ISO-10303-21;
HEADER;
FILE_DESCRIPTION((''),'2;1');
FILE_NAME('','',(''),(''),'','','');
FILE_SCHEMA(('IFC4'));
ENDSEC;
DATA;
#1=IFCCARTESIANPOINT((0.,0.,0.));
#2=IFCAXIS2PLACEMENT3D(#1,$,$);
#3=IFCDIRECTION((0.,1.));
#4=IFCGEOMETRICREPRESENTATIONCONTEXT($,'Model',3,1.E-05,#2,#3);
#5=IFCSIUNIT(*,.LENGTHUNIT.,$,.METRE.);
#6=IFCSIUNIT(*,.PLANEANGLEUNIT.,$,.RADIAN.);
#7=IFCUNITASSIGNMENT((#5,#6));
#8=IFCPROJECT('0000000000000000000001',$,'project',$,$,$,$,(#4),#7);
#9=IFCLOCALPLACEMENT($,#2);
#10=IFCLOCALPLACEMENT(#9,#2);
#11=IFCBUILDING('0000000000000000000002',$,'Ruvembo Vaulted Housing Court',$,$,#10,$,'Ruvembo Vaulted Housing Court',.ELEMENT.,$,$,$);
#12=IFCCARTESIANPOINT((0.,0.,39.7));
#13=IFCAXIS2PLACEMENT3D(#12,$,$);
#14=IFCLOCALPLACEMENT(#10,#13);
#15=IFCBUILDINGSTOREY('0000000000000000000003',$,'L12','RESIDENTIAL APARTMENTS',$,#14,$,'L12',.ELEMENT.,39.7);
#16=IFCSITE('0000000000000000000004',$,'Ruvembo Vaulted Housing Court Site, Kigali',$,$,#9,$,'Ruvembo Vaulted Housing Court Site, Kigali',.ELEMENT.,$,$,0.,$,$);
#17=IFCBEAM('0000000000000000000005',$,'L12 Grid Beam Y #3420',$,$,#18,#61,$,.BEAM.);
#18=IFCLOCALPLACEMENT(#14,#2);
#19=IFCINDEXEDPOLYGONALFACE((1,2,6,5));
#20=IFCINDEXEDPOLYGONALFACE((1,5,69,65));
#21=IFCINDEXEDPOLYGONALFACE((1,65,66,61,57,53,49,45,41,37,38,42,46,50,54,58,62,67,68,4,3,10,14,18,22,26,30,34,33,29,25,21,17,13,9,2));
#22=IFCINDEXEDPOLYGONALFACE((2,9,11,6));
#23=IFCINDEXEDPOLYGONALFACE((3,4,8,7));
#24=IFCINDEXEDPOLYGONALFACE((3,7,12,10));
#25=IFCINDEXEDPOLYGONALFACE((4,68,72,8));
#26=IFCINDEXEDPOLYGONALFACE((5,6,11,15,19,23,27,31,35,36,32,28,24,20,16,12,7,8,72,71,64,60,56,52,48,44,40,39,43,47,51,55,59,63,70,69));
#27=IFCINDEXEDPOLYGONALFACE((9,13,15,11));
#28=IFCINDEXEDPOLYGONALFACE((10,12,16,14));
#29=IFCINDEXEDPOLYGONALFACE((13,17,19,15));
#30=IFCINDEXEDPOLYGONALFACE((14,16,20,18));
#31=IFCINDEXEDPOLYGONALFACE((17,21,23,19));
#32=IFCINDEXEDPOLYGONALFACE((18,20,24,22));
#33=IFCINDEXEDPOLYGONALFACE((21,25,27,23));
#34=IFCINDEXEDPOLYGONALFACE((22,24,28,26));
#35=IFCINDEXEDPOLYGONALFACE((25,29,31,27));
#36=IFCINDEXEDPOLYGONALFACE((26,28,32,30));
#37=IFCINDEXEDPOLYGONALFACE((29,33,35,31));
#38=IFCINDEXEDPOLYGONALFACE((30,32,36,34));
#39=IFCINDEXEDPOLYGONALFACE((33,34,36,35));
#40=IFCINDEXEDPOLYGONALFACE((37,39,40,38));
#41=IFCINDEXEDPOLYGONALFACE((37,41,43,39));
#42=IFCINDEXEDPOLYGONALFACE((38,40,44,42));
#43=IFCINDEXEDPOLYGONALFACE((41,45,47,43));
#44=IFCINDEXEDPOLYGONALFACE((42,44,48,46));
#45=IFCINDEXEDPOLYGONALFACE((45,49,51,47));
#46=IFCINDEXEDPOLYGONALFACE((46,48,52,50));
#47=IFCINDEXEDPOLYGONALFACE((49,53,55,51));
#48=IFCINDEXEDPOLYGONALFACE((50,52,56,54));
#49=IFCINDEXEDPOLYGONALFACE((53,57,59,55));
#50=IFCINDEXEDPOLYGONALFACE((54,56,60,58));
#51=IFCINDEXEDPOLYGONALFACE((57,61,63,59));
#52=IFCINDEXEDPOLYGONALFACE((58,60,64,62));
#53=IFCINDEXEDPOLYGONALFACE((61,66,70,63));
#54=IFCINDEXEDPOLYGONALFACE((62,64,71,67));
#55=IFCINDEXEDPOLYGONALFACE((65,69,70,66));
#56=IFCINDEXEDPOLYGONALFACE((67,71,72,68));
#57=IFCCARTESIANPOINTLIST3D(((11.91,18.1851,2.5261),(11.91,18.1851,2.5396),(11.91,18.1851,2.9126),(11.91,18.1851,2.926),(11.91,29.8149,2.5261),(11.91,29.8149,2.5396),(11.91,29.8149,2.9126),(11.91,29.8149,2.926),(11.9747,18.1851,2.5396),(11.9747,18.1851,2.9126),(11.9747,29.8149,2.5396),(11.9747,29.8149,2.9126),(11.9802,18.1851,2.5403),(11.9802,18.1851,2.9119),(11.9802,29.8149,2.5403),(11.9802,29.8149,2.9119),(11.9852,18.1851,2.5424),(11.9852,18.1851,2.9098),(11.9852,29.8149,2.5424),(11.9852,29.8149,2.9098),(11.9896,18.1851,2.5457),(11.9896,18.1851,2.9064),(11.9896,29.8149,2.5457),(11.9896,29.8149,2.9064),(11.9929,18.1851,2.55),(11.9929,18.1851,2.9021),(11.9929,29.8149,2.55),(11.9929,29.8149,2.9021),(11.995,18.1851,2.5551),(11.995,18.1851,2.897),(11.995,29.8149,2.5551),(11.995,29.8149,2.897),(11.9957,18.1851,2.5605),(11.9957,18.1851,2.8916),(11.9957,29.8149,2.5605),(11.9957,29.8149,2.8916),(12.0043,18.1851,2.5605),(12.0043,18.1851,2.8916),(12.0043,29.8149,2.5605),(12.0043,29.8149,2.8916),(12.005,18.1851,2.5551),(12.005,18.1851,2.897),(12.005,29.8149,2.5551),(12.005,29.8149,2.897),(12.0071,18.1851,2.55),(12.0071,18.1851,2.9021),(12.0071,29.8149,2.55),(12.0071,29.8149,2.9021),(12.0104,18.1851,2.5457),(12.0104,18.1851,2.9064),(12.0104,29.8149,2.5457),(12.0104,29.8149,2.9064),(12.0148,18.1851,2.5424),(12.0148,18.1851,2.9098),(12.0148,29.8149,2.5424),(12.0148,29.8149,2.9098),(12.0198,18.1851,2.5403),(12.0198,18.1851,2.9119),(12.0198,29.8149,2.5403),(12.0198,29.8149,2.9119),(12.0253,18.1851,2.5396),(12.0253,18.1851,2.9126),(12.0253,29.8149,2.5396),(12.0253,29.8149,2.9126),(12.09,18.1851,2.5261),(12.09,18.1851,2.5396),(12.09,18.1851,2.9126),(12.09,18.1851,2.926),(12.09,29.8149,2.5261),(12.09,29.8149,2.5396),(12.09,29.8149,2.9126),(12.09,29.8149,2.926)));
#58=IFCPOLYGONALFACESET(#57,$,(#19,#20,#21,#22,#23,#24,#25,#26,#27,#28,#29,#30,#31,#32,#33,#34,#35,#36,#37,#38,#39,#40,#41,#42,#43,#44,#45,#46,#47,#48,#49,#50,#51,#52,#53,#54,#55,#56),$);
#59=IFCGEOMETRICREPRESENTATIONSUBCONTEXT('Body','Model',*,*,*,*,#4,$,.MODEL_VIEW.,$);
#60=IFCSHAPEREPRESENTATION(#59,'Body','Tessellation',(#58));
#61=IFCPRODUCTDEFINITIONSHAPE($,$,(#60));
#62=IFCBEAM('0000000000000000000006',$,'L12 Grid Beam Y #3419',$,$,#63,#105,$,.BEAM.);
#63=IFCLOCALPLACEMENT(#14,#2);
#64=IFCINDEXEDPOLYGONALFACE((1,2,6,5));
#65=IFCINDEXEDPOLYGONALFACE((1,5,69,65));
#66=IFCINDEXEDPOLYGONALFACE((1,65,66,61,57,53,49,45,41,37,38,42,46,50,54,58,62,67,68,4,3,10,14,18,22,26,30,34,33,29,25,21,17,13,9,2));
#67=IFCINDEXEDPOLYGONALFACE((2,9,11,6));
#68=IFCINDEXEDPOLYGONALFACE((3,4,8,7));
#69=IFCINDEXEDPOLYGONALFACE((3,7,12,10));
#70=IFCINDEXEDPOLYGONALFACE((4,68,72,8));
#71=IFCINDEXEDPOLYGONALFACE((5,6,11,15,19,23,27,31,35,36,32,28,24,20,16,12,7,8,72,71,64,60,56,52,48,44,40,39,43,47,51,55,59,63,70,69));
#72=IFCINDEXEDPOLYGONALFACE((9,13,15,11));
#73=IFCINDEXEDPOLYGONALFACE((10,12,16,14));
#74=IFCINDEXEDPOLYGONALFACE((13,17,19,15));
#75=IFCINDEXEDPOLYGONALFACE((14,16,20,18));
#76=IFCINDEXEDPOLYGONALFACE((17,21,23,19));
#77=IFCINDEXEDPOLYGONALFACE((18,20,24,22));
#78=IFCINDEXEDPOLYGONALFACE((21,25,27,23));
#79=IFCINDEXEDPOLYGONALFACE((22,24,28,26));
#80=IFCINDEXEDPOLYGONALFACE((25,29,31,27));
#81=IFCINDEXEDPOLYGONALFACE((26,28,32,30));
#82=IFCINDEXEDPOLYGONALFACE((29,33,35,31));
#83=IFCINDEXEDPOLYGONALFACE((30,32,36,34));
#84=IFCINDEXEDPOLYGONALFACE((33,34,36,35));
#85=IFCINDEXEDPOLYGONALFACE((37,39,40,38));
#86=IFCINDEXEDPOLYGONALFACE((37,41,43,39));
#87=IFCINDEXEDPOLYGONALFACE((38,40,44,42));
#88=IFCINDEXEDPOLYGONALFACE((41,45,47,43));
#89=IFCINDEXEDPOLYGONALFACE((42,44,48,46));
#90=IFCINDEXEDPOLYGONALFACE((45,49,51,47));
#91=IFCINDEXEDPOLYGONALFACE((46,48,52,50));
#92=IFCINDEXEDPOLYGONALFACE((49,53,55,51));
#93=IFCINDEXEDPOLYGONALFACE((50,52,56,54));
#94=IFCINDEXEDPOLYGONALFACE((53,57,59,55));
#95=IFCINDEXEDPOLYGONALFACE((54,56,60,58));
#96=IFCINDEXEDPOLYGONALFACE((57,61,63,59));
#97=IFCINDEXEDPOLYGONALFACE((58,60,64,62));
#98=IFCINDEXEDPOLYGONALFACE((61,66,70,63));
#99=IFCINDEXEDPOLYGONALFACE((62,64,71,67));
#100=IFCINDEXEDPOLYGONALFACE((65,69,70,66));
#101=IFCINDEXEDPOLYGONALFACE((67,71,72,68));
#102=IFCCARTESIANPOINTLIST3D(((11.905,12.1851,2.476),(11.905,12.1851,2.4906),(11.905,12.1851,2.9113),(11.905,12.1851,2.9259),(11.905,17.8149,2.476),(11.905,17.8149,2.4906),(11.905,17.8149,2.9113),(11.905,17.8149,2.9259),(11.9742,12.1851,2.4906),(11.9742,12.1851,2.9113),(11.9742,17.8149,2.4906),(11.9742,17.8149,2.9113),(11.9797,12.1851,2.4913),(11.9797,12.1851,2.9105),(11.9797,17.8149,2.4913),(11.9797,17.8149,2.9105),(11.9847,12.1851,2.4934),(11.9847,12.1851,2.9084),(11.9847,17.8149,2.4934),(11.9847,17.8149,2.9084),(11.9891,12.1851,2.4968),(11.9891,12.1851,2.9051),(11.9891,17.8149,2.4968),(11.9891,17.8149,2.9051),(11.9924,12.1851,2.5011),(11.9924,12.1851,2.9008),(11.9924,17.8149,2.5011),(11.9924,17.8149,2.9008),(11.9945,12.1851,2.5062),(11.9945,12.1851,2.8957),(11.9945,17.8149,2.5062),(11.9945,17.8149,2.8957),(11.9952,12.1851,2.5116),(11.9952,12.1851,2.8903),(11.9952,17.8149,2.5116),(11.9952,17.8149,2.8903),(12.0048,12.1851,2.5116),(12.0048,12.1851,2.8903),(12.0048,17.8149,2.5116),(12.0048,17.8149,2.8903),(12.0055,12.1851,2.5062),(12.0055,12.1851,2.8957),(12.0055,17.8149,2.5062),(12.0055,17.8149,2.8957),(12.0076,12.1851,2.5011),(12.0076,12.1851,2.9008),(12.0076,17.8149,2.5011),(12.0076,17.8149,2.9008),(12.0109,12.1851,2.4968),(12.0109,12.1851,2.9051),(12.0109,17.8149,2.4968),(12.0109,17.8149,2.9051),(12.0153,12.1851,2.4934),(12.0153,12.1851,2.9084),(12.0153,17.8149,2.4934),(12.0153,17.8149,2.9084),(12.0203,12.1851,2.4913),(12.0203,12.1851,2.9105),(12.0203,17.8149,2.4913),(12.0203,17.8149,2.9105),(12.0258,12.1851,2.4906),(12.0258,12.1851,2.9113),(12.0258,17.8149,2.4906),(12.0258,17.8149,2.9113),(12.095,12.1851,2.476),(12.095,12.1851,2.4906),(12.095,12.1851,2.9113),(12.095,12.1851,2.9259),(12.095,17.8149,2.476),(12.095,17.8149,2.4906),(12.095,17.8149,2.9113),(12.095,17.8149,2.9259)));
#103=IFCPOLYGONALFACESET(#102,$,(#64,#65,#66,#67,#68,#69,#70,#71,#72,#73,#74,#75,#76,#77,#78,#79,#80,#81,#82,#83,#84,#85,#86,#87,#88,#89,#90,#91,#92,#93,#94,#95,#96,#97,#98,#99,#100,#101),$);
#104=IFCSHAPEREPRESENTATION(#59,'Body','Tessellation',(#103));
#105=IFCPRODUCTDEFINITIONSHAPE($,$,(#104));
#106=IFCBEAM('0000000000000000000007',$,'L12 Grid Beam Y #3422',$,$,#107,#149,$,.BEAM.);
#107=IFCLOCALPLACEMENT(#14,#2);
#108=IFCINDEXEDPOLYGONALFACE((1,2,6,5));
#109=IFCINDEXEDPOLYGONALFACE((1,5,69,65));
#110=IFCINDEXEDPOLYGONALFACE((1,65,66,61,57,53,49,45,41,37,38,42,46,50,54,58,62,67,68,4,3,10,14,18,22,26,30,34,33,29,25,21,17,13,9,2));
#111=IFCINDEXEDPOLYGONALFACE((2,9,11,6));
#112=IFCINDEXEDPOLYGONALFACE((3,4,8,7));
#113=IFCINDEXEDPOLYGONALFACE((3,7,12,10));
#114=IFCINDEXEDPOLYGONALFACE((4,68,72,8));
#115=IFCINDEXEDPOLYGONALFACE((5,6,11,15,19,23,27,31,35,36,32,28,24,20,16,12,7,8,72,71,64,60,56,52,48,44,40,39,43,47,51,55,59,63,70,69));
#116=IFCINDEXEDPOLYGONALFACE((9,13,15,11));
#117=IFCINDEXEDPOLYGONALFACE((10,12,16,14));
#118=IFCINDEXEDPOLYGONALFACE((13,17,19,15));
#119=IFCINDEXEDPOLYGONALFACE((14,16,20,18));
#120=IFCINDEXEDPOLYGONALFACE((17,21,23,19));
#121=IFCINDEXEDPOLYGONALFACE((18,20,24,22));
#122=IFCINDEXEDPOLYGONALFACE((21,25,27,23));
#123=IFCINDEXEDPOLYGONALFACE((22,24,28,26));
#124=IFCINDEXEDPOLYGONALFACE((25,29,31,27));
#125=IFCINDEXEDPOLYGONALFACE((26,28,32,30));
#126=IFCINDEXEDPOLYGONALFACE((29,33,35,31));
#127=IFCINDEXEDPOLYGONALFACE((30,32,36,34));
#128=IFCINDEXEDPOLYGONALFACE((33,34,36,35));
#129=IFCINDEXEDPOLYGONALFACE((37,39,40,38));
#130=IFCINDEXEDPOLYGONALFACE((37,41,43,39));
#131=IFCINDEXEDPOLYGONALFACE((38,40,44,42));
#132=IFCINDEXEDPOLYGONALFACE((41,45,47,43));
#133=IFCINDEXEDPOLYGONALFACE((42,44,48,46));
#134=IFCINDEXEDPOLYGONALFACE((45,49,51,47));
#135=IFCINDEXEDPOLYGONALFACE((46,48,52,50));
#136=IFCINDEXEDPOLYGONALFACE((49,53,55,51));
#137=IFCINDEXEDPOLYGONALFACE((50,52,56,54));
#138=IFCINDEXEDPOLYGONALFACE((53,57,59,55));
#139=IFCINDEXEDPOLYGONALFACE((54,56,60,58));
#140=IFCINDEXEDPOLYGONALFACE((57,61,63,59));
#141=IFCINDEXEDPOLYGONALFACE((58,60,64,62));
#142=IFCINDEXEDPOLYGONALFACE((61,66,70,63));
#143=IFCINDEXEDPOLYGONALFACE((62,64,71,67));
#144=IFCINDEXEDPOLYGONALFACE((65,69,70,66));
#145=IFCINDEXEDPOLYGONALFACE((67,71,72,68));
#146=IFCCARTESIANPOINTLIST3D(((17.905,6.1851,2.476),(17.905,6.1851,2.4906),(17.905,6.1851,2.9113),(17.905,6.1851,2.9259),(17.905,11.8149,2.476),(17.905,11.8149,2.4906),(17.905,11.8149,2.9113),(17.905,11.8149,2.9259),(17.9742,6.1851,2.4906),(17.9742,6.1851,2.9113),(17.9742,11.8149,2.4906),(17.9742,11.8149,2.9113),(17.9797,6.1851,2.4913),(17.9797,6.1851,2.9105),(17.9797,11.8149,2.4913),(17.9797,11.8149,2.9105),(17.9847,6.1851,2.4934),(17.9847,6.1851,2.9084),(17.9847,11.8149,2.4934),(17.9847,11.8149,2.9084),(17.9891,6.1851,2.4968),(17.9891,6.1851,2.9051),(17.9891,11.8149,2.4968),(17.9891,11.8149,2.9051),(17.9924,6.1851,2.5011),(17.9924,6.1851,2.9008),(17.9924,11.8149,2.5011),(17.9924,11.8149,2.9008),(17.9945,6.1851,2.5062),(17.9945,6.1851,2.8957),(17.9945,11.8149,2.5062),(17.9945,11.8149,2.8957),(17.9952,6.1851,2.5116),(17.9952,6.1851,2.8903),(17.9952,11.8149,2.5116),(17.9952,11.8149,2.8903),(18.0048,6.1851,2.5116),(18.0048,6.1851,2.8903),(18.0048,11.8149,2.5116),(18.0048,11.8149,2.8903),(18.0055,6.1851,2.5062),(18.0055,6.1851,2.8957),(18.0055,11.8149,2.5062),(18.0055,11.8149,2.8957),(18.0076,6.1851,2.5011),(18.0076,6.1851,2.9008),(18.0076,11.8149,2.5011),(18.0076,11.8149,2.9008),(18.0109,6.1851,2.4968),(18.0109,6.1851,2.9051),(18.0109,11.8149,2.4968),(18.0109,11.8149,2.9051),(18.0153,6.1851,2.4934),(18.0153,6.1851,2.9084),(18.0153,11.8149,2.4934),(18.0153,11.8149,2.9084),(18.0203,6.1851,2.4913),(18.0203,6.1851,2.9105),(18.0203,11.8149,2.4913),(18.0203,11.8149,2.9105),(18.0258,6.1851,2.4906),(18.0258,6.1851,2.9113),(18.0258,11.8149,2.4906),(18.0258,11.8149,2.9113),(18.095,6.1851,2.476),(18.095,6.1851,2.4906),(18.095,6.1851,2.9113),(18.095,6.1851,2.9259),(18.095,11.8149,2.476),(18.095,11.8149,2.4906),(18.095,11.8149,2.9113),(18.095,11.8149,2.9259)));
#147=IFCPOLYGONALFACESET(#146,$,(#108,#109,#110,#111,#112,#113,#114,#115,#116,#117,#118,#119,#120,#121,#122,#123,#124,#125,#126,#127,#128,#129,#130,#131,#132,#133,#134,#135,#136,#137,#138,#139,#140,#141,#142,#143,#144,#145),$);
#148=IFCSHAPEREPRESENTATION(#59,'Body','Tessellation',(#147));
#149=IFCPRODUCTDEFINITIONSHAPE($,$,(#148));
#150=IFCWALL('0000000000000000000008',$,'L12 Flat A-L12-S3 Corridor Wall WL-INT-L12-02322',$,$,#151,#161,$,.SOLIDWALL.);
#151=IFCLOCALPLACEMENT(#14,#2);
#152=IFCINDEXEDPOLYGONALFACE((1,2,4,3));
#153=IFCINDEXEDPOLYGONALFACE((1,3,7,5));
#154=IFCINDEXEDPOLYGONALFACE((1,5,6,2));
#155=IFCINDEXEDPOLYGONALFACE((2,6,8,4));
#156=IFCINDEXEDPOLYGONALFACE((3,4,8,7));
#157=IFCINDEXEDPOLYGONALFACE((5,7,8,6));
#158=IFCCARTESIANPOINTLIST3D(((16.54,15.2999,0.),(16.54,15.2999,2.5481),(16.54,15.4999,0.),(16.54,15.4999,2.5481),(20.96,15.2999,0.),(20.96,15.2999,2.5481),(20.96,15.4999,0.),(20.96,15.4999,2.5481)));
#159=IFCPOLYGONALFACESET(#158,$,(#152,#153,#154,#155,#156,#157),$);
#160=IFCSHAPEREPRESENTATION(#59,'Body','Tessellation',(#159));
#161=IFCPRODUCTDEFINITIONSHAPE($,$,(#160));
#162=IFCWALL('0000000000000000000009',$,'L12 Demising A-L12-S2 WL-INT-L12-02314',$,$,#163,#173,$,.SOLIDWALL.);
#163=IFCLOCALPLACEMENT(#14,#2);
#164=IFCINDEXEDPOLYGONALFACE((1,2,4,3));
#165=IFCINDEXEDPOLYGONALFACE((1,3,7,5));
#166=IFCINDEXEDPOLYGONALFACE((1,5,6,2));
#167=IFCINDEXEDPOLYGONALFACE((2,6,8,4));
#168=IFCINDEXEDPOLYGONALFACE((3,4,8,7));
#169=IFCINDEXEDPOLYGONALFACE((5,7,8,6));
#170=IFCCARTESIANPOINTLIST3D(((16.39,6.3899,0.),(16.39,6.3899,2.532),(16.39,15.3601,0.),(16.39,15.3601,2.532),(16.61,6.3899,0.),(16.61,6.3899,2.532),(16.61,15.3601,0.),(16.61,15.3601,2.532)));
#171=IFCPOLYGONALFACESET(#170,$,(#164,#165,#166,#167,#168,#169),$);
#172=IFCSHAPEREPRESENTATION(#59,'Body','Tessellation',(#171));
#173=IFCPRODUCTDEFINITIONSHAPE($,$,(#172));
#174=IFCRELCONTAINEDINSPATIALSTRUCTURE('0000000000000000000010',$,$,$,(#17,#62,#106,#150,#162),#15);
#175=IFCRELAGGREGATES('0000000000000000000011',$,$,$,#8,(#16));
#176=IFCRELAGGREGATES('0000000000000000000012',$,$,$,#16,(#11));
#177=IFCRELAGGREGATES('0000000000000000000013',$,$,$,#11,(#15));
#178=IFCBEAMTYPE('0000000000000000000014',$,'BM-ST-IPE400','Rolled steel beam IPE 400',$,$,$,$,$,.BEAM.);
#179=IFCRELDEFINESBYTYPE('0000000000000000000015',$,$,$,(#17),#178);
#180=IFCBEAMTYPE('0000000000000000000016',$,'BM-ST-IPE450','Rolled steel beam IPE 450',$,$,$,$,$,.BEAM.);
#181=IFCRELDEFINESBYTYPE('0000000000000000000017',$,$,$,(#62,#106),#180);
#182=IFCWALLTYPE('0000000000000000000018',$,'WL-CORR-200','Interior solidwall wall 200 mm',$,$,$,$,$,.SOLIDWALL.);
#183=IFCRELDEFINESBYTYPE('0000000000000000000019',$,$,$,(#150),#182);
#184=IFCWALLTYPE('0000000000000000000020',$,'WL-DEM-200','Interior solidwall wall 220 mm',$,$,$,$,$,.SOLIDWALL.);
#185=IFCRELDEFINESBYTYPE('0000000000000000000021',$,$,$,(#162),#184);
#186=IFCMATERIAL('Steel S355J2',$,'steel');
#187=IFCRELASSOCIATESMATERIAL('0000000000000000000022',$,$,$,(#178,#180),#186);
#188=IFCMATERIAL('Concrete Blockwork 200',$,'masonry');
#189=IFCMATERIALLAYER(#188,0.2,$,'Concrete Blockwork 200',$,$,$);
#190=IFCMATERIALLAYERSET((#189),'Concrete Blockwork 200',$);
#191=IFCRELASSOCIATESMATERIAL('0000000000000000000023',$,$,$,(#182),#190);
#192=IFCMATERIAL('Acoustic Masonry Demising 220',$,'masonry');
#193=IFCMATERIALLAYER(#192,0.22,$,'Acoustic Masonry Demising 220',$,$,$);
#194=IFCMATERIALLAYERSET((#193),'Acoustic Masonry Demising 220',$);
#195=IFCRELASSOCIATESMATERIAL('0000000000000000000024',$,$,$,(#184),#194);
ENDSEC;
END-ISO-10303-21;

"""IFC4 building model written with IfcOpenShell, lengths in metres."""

from ifc_helpers import new_model, si_unit, direction, frame, frame_2d, origin, origin_2d, place, context, subcontext, project, spatial, rectangle, i_section, extrude, material, layer, layer_set, material_profile, profile_set, type_object, element, save


model = new_model("IFC4")

# Units and contexts
model_context = context("Model", 3, precision=1e-05, world=origin(), true_north=direction((0.0, 1.0)))
body_context = subcontext(model_context, "Body", "Model", "MODEL_VIEW")
ifc_project = project(units=[si_unit("LENGTHUNIT", "METRE"), si_unit("PLANEANGLEUNIT", "RADIAN")], contexts=[model_context])

# Site, building, storey
site_placement = place(None, origin())
site = spatial("IfcSite", under=ifc_project, at=site_placement, Name="Ruvembo Vaulted Housing Court Site, Kigali", LongName="Ruvembo Vaulted Housing Court Site, Kigali", CompositionType="ELEMENT", RefElevation=0.0)
building_placement = place(site_placement, origin())
building = spatial("IfcBuilding", under=site, at=building_placement, Name="Ruvembo Vaulted Housing Court", LongName="Ruvembo Vaulted Housing Court", CompositionType="ELEMENT")
storey_placement = place(building_placement, frame((0.0, 0.0, 39.7)))
storey = spatial("IfcBuildingStorey", under=building, at=storey_placement, Name="L12", Description="RESIDENTIAL APARTMENTS", LongName="L12", CompositionType="ELEMENT", Elevation=39.7)

# Beams
ifc_material_1 = material(Name="Steel S355J2", Category="steel")
ifc_material_profile_1 = material_profile(ifc_material_1, i_section(OverallWidth=0.1799, OverallDepth=0.3999, WebThickness=0.0085, FlangeThickness=0.0134, FilletRadius=0.021, at=origin_2d()), Name="IPE 400")
ifc_profile_set_1 = profile_set([ifc_material_profile_1], Name="Steel S355J2")
beam_type_1 = type_object("IfcBeamType", Name="BM-ST-IPE400", Description="Rolled steel beam IPE 400", PredefinedType="BEAM", material=ifc_profile_set_1)
beam_1_placement = place(storey_placement, frame((12.0, 18.1851, 2.7261), z_axis=(0.0, 1.0, 0.0), x_axis=(-1.0, 0.0, 0.0)))
element("IfcBeam", 1, at=beam_1_placement, inside=storey, type_object=beam_type_1, Name="L12 Grid Beam Y #3420", PredefinedType="BEAM", context=body_context, shape_type="SweptSolid", body=[
    extrude(i_section(OverallWidth=0.1799, OverallDepth=0.3999, WebThickness=0.0085, FlangeThickness=0.0134, FilletRadius=0.021, at=origin_2d()), origin(), (0.0, 0.0, 1.0), 11.6299),
])
ifc_material_profile_2 = material_profile(ifc_material_1, i_section(OverallWidth=0.1899, OverallDepth=0.45, WebThickness=0.0095, FlangeThickness=0.0146, FilletRadius=0.021, at=origin_2d()), Name="IPE 450")
ifc_profile_set_2 = profile_set([ifc_material_profile_2], Name="Steel S355J2")
beam_type_2 = type_object("IfcBeamType", Name="BM-ST-IPE450", Description="Rolled steel beam IPE 450", PredefinedType="BEAM", material=ifc_profile_set_2)
for number, where, z_axis, x_axis, name in (
    (2, (12.0, 12.1851, 2.7009), (0.0, 1.0, 0.0), (-1.0, 0.0, 0.0), "L12 Grid Beam Y #3419"),
    (3, (18.0, 6.1851, 2.7009), (0.0, 1.0, 0.0), (-1.0, 0.0, 0.0), "L12 Grid Beam Y #3422"),
):
    element("IfcBeam", number, at=place(storey_placement, frame(where, z_axis=z_axis, x_axis=x_axis)), inside=storey, type_object=beam_type_2, Name=name, PredefinedType="BEAM", context=body_context, shape_type="SweptSolid", body=[
        extrude(i_section(OverallWidth=0.1899, OverallDepth=0.45, WebThickness=0.0095, FlangeThickness=0.0146, FilletRadius=0.021, at=origin_2d()), origin(), (0.0, 0.0, 1.0), 5.6299),
    ])

# Shared definitions
ifc_material_2 = material(Name="Concrete Blockwork 200", Category="masonry")
ifc_layer_1 = layer(ifc_material_2, 0.2, Name="Concrete Blockwork 200")
ifc_layer_set_1 = layer_set([ifc_layer_1], Name="Concrete Blockwork 200")
wall_type_1 = type_object("IfcWallType", Name="WL-CORR-200", Description="Interior solidwall wall 200 mm", PredefinedType="SOLIDWALL", material=ifc_layer_set_1)

# Walls
wall_1_placement = place(storey_placement, frame((16.54, 15.3999, 0.0), z_axis=(0.0, 0.0, 1.0), x_axis=(1.0, 0.0, 0.0)))
element("IfcWall", 4, at=wall_1_placement, inside=storey, type_object=wall_type_1, Name="L12 Flat A-L12-S3 Corridor Wall WL-INT-L12-02322", PredefinedType="SOLIDWALL", context=body_context, shape_type="SweptSolid", body=[
    extrude(rectangle(XDim=4.4199, YDim=0.2, at=frame_2d((2.21, 0.0))), origin(), (0.0, 0.0, 1.0), 2.5481),
])
ifc_material_3 = material(Name="Acoustic Masonry Demising 220", Category="masonry")
ifc_layer_2 = layer(ifc_material_3, 0.22, Name="Acoustic Masonry Demising 220")
ifc_layer_set_2 = layer_set([ifc_layer_2], Name="Acoustic Masonry Demising 220")
wall_type_2 = type_object("IfcWallType", Name="WL-DEM-200", Description="Interior solidwall wall 220 mm", PredefinedType="SOLIDWALL", material=ifc_layer_set_2)
wall_2_placement = place(storey_placement, frame((16.5, 6.3899, 0.0), z_axis=(0.0, 0.0, 1.0), x_axis=(0.0, 1.0, 0.0)))
element("IfcWall", 5, at=wall_2_placement, inside=storey, type_object=wall_type_2, Name="L12 Demising A-L12-S2 WL-INT-L12-02314", PredefinedType="SOLIDWALL", context=body_context, shape_type="SweptSolid", body=[
    extrude(rectangle(XDim=8.9702, YDim=0.22, at=frame_2d((4.4851, 0.0))), origin(), (0.0, 0.0, 1.0), 2.532),
])

save(model, "model.ifc")
